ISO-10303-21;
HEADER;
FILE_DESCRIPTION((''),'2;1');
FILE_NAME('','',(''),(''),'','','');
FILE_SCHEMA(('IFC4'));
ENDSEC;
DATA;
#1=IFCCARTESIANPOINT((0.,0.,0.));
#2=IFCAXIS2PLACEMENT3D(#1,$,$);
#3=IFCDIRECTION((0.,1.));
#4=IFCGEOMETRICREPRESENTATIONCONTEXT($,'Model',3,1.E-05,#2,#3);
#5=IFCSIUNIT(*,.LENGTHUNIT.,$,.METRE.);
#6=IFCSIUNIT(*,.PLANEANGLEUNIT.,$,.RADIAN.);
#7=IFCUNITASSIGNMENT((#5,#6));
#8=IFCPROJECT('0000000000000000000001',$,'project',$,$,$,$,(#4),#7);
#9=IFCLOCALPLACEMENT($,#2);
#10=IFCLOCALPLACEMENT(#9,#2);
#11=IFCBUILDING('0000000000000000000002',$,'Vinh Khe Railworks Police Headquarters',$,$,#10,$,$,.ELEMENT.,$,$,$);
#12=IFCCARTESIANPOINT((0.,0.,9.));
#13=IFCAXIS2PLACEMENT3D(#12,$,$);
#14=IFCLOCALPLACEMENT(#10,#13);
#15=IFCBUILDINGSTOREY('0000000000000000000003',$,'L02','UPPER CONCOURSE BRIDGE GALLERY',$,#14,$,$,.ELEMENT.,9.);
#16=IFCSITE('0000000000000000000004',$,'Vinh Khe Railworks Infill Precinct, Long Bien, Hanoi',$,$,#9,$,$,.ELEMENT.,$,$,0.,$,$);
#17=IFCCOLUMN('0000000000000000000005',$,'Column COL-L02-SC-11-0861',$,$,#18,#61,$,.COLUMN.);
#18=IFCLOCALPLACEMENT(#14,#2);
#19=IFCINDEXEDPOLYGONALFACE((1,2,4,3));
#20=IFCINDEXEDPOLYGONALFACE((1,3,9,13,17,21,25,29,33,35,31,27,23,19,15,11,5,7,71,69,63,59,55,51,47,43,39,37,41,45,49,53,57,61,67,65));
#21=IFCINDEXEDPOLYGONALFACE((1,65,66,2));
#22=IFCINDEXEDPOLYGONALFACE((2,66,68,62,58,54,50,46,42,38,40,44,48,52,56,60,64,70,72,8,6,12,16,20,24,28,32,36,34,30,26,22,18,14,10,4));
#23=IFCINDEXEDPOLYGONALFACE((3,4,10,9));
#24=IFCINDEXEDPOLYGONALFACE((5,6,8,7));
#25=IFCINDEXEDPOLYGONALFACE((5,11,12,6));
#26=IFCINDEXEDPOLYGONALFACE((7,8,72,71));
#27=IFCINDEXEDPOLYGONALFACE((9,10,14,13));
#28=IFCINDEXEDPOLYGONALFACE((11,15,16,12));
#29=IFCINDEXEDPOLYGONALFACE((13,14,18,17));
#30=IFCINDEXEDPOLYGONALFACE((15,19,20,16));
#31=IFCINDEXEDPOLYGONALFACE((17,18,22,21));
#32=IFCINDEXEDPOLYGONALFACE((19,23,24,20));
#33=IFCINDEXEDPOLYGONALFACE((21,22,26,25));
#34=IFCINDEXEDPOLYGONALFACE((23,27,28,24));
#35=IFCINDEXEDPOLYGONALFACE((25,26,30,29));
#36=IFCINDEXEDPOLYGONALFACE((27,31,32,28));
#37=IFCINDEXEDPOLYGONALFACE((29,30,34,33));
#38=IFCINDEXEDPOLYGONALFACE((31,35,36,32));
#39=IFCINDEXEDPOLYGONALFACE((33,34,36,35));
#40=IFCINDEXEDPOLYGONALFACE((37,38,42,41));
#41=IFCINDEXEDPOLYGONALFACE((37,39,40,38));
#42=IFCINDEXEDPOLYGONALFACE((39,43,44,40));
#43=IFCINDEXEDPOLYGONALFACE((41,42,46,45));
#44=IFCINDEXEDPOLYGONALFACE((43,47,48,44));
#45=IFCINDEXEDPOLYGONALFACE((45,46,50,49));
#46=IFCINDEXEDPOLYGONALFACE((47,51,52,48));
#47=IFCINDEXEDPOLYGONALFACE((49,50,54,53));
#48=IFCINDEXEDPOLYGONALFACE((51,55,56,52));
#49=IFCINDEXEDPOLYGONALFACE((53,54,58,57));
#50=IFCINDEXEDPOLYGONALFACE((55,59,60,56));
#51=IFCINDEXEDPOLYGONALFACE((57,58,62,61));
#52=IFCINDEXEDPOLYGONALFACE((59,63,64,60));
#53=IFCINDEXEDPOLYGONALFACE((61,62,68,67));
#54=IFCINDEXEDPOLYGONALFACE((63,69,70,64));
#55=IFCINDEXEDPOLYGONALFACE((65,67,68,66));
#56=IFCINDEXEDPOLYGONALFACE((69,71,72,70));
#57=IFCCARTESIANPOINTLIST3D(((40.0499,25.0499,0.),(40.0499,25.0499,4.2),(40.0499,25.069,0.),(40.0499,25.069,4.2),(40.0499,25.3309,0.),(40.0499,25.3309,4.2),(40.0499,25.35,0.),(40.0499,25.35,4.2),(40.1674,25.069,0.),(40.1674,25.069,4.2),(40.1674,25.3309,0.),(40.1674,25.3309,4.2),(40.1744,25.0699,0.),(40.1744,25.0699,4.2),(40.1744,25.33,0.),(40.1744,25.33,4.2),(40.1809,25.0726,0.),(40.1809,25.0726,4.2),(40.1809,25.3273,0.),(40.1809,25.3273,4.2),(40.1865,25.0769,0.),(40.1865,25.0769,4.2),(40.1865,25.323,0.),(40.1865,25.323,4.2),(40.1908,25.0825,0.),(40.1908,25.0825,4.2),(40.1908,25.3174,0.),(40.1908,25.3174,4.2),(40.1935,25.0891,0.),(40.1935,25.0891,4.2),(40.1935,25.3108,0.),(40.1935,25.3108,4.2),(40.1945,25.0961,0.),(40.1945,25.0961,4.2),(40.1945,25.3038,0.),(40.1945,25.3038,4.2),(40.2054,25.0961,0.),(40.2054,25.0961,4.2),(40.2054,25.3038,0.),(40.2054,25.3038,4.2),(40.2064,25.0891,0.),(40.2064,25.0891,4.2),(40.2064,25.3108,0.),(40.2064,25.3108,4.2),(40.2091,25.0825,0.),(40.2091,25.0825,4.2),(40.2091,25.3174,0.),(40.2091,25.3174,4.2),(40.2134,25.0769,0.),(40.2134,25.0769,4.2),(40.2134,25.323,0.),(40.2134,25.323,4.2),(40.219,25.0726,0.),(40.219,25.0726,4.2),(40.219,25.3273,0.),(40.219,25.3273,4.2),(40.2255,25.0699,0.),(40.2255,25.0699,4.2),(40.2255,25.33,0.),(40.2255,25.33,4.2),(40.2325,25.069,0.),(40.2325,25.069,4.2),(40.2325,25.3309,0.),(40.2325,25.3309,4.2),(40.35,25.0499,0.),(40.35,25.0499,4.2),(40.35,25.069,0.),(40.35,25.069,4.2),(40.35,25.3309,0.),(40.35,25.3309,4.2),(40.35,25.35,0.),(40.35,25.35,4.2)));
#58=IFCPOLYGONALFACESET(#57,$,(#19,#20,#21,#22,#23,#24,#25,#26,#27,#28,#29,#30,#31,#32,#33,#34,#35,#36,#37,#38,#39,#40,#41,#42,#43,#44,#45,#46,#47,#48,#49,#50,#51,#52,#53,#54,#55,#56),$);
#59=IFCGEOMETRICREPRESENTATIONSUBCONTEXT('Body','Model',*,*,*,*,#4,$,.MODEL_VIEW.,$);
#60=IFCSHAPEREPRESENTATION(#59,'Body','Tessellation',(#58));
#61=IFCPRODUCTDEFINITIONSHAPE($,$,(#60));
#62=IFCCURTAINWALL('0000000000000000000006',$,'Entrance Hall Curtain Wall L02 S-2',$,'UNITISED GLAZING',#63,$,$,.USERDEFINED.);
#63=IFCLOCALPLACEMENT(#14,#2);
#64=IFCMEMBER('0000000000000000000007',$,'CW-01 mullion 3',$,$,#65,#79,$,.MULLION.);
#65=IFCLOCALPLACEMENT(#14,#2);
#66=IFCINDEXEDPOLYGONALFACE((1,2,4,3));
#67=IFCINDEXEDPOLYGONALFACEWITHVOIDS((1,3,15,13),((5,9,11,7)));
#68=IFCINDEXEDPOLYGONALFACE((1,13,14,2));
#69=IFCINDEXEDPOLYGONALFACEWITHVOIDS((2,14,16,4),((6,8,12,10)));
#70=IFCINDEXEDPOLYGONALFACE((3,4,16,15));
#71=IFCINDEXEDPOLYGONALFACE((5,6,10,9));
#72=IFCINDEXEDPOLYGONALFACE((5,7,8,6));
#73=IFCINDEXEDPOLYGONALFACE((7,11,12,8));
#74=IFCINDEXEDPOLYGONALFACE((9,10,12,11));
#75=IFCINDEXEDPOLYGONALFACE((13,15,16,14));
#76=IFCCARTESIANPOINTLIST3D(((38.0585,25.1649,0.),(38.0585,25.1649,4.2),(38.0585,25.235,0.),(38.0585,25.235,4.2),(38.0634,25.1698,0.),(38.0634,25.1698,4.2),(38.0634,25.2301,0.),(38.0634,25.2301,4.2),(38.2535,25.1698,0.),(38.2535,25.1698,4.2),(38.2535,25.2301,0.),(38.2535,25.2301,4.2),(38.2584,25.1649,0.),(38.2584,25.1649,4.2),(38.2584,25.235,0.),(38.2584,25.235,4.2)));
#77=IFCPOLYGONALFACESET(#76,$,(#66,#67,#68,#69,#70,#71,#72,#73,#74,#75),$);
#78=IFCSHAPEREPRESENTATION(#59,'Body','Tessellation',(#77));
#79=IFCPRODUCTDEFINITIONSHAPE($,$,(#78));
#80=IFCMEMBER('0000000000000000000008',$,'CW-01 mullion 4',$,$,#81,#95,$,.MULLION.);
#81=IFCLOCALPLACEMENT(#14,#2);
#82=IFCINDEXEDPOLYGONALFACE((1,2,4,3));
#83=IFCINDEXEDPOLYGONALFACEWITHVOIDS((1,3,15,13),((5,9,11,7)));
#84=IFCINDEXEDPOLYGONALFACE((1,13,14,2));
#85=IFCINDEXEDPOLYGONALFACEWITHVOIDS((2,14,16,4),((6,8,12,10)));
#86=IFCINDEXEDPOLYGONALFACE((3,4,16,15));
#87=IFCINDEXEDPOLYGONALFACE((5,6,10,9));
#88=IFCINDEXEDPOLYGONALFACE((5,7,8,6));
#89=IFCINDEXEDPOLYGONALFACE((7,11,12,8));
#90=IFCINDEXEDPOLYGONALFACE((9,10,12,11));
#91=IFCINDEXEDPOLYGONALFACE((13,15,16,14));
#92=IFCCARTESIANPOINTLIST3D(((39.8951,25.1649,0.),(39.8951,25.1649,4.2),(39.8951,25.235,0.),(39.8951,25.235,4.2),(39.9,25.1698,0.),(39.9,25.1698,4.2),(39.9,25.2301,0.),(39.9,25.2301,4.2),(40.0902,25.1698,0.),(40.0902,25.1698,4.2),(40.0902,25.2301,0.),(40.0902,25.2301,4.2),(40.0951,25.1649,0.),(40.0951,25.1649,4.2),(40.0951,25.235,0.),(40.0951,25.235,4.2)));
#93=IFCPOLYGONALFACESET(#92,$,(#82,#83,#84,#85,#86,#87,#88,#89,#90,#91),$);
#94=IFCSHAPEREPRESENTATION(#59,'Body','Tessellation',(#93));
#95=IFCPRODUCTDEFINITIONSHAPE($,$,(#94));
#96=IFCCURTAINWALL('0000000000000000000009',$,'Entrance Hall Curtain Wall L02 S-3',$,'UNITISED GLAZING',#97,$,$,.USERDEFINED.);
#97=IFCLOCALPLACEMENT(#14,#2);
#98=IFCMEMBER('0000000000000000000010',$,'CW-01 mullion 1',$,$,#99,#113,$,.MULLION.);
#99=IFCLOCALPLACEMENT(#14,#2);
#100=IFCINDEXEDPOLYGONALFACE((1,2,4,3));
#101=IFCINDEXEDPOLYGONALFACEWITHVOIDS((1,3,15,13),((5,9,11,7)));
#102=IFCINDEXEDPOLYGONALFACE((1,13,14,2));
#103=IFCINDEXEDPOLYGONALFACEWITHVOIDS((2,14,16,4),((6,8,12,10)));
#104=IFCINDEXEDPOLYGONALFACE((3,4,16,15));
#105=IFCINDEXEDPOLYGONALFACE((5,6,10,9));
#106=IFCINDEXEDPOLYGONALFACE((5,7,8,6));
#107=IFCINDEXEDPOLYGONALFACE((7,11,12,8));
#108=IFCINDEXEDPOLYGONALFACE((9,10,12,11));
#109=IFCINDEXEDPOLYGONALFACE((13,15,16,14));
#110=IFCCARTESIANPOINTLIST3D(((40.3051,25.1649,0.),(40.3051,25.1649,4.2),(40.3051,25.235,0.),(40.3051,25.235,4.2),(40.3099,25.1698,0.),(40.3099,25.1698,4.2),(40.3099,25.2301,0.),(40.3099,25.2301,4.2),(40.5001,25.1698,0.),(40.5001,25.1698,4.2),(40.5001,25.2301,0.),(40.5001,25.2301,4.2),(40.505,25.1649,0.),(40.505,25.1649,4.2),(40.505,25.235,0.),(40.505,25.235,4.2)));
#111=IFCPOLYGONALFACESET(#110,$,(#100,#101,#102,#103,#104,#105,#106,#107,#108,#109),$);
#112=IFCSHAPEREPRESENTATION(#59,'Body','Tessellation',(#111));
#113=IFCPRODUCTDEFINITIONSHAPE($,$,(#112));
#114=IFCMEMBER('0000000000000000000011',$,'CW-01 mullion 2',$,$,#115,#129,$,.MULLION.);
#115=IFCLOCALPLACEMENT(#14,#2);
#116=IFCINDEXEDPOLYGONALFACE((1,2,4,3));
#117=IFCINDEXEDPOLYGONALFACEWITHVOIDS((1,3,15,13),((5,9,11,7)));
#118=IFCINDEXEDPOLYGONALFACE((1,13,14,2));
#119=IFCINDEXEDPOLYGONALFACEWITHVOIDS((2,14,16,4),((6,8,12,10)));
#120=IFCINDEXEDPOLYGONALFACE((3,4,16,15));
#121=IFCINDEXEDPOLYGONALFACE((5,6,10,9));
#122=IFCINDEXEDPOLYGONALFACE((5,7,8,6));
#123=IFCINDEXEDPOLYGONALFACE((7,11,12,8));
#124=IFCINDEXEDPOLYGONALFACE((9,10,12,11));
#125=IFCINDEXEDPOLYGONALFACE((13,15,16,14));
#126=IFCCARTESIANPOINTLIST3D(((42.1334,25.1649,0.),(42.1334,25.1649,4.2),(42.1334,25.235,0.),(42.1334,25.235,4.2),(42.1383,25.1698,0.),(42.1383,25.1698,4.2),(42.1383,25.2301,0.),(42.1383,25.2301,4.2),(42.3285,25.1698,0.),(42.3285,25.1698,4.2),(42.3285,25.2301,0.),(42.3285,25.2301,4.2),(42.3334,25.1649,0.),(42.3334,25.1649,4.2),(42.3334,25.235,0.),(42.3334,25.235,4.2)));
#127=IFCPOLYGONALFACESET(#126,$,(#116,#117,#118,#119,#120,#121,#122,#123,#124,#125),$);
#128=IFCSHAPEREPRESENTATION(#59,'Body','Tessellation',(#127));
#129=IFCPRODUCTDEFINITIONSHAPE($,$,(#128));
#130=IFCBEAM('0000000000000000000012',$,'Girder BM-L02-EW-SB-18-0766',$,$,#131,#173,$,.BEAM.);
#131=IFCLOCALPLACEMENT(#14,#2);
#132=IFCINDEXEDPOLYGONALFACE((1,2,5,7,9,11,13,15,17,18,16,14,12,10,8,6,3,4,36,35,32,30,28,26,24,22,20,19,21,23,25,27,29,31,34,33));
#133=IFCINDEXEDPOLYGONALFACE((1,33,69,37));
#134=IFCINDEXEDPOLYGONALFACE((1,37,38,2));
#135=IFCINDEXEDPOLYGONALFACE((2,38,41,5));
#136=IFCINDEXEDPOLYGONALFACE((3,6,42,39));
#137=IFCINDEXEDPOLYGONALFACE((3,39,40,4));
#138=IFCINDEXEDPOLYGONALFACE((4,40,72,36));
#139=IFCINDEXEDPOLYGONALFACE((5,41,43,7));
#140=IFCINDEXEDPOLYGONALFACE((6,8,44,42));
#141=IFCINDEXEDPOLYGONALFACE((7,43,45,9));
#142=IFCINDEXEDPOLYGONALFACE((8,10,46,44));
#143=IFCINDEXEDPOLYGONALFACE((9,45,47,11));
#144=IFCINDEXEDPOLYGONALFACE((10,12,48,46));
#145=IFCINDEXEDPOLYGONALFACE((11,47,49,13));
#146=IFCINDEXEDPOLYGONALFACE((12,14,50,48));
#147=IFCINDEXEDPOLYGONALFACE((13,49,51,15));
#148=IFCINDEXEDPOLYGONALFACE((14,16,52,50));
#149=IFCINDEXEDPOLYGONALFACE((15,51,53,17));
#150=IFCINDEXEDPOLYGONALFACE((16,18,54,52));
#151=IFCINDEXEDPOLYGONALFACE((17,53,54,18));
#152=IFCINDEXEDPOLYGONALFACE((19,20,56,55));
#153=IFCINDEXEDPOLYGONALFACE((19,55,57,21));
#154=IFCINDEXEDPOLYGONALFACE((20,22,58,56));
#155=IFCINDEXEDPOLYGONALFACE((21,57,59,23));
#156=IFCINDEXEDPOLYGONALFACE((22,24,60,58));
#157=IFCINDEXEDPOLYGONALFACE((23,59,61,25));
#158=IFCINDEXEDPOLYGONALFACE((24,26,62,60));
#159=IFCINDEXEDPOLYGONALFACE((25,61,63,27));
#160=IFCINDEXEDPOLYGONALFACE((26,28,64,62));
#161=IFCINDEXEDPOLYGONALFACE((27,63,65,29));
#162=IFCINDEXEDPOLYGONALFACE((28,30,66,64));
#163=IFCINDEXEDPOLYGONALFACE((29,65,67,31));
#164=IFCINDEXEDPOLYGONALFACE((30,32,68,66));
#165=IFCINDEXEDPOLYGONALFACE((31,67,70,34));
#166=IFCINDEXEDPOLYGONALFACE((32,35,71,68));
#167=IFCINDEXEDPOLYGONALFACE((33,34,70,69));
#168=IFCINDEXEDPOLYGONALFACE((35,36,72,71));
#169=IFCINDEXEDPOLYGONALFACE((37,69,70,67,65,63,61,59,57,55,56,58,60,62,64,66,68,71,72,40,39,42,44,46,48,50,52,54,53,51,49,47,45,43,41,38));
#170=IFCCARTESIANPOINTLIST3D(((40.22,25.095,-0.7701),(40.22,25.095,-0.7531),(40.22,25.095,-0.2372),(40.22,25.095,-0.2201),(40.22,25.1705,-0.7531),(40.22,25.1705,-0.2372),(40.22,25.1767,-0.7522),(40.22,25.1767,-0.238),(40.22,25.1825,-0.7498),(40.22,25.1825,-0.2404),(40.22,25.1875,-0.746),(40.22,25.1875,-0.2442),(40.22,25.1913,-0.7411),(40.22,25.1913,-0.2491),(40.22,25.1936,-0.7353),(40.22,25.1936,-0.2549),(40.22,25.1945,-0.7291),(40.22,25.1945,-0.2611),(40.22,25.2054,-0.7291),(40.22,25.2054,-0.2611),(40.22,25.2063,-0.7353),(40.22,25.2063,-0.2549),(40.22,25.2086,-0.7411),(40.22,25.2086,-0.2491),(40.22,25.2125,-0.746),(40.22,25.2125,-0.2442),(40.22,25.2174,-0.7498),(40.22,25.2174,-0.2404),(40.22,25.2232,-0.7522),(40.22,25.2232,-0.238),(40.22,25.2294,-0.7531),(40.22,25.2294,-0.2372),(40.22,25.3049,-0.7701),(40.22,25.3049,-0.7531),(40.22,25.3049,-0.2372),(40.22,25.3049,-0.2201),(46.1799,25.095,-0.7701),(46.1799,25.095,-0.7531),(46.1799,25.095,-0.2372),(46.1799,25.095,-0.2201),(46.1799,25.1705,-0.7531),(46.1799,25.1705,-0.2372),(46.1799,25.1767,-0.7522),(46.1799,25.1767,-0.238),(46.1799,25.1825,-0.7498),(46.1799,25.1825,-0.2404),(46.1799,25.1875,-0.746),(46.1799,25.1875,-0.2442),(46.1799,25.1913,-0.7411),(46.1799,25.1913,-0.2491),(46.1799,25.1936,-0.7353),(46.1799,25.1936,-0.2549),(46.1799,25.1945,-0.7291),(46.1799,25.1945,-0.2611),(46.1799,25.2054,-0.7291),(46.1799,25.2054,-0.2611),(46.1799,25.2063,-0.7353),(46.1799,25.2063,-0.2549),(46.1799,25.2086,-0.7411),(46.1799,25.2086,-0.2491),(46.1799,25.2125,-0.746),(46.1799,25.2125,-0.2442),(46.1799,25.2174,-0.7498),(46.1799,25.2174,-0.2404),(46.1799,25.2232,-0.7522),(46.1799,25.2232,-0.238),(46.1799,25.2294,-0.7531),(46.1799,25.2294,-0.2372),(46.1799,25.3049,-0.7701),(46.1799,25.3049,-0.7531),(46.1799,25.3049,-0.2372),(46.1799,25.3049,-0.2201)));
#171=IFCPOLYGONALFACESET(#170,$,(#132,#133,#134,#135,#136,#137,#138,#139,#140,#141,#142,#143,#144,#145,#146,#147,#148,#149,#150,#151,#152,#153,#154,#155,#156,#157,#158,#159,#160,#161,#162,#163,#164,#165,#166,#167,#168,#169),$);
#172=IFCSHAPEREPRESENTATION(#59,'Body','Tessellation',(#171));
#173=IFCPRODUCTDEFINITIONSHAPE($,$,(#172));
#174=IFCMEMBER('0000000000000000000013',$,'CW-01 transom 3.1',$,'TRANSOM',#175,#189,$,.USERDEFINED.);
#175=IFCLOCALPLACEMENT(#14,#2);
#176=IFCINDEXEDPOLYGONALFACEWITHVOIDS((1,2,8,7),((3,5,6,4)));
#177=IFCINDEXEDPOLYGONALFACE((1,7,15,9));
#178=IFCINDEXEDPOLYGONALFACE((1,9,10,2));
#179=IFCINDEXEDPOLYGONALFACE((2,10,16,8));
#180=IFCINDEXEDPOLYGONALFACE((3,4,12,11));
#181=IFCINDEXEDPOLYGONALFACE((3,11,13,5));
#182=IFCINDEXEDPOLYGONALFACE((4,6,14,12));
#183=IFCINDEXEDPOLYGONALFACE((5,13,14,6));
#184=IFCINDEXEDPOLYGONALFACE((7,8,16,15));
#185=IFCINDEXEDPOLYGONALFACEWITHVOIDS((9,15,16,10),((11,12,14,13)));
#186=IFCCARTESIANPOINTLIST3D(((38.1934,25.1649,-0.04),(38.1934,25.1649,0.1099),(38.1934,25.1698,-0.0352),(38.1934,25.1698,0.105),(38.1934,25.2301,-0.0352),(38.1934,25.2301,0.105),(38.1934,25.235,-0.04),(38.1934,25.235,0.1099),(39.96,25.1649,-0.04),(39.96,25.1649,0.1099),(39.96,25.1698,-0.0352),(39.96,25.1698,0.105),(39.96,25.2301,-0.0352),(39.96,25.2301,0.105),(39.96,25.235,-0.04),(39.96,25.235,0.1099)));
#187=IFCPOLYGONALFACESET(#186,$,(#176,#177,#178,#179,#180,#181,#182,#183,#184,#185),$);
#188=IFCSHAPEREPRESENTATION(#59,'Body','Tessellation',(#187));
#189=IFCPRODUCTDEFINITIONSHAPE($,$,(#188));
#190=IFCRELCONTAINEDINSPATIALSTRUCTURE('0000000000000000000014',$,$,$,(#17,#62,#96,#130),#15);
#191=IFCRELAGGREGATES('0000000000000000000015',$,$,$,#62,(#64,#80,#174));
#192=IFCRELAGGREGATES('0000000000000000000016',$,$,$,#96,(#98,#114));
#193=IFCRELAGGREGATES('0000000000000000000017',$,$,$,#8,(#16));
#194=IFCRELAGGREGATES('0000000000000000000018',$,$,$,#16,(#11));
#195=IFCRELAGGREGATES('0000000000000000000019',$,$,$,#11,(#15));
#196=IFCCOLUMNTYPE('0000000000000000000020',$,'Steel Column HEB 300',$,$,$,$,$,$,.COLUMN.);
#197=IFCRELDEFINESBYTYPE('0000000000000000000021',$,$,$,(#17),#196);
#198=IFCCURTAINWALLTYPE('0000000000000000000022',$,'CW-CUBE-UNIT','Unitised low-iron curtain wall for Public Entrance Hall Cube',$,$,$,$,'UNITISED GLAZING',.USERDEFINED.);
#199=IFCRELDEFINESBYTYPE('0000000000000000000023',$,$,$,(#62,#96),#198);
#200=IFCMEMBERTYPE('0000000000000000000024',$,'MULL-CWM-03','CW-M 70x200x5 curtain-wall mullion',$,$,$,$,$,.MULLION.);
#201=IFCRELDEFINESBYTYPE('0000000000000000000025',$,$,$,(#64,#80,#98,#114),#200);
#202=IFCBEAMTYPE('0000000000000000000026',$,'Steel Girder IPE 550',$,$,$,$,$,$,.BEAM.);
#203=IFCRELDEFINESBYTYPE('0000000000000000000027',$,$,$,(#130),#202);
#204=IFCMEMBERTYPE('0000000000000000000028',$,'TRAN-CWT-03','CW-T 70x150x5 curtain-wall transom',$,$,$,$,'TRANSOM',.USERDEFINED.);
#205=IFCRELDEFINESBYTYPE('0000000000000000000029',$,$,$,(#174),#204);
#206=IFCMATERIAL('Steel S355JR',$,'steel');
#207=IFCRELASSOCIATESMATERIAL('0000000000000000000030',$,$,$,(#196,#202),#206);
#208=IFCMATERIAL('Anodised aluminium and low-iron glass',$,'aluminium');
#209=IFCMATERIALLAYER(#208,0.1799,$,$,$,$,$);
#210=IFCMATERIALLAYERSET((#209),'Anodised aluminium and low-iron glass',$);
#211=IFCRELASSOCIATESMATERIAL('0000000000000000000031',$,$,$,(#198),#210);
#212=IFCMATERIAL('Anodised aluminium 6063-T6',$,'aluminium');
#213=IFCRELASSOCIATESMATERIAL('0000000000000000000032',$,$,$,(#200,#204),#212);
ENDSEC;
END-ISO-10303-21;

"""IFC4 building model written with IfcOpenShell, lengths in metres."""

from ifc_helpers import new_model, si_unit, direction, frame, origin, origin_2d, place, context, subcontext, project, spatial, hollow_rectangle, i_section, extrude, material, layer, layer_set, material_profile, profile_set, type_object, element, aggregate, save


model = new_model("IFC4")

# Units and contexts
model_context = context("Model", 3, precision=1e-05, world=origin(), true_north=direction((0.0, 1.0)))
body_context = subcontext(model_context, "Body", "Model", "MODEL_VIEW")
ifc_project = project(units=[si_unit("LENGTHUNIT", "METRE"), si_unit("PLANEANGLEUNIT", "RADIAN")], contexts=[model_context])

# Site, building, storey
site_placement = place(None, origin())
site = spatial("IfcSite", under=ifc_project, at=site_placement, Name="Vinh Khe Railworks Infill Precinct, Long Bien, Hanoi", CompositionType="ELEMENT", RefElevation=0.0)
building_placement = place(site_placement, origin())
building = spatial("IfcBuilding", under=site, at=building_placement, Name="Vinh Khe Railworks Police Headquarters", CompositionType="ELEMENT")
storey_placement = place(building_placement, frame((0.0, 0.0, 9.0)))
storey = spatial("IfcBuildingStorey", under=building, at=storey_placement, Name="L02", Description="UPPER CONCOURSE BRIDGE GALLERY", CompositionType="ELEMENT", Elevation=9.0)

# Column
ifc_material_1 = material(Name="Steel S355JR", Category="steel")
ifc_material_profile_1 = material_profile(ifc_material_1, i_section(OverallWidth=0.3, OverallDepth=0.3, WebThickness=0.011, FlangeThickness=0.019, FilletRadius=0.0271, at=origin_2d()), Name="HEB 300")
ifc_profile_set_1 = profile_set([ifc_material_profile_1], Name="Steel S355JR")
column_type = type_object("IfcColumnType", Name="Steel Column HEB 300", PredefinedType="COLUMN", material=ifc_profile_set_1)
column_placement = place(storey_placement, frame((40.2, 25.2, 0.0), z_axis=(0.0, 0.0, 1.0), x_axis=(1.0, 0.0, 0.0)))
element("IfcColumn", 1, at=column_placement, inside=storey, type_object=column_type, Name="Column COL-L02-SC-11-0861", PredefinedType="COLUMN", context=body_context, shape_type="SweptSolid", body=[
    extrude(i_section(OverallWidth=0.3, OverallDepth=0.3, WebThickness=0.011, FlangeThickness=0.019, FilletRadius=0.0271, at=origin_2d()), origin(), (0.0, 0.0, 1.0), 4.2),
])

# Curtain walls, members
ifc_material_2 = material(Name="Anodised aluminium and low-iron glass", Category="aluminium")
ifc_layer_1 = layer(ifc_material_2, 0.1799)
ifc_layer_set_1 = layer_set([ifc_layer_1], Name="Anodised aluminium and low-iron glass")
curtain_wall_type = type_object("IfcCurtainWallType", Name="CW-CUBE-UNIT", Description="Unitised low-iron curtain wall for Public Entrance Hall Cube", ElementType="UNITISED GLAZING", PredefinedType="USERDEFINED", material=ifc_layer_set_1)
curtain_wall_1_placement = place(storey_placement, origin())
curtain_wall_1 = element("IfcCurtainWall", 2, at=curtain_wall_1_placement, inside=storey, type_object=curtain_wall_type, Name="Entrance Hall Curtain Wall L02 S-2", ObjectType="UNITISED GLAZING", PredefinedType="USERDEFINED")
ifc_material_3 = material(Name="Anodised aluminium 6063-T6", Category="aluminium")
ifc_material_profile_2 = material_profile(ifc_material_3, hollow_rectangle(XDim=0.0701, YDim=0.2, WallThickness=0.0049, at=origin_2d()), Name="CW-M 70x200x5")
ifc_profile_set_2 = profile_set([ifc_material_profile_2], Name="Anodised aluminium 6063-T6")
member_type_1 = type_object("IfcMemberType", Name="MULL-CWM-03", Description="CW-M 70x200x5 curtain-wall mullion", PredefinedType="MULLION", material=ifc_profile_set_2)
member_1_placement = place(storey_placement, frame((38.1584, 25.2, 0.0), z_axis=(0.0, 0.0, 1.0), x_axis=(0.0, 1.0, 0.0)))
member_1 = element("IfcMember", 3, at=member_1_placement, type_object=member_type_1, Name="CW-01 mullion 3", PredefinedType="MULLION", context=body_context, shape_type="SweptSolid", body=[
    extrude(hollow_rectangle(XDim=0.0701, YDim=0.2, WallThickness=0.0049, at=origin_2d()), origin(), (0.0, 0.0, 1.0), 4.2),
])
member_2_placement = place(storey_placement, frame((39.9951, 25.2, 0.0), z_axis=(0.0, 0.0, 1.0), x_axis=(0.0, 1.0, 0.0)))
member_2 = element("IfcMember", 4, at=member_2_placement, type_object=member_type_1, Name="CW-01 mullion 4", PredefinedType="MULLION", context=body_context, shape_type="SweptSolid", body=[
    extrude(hollow_rectangle(XDim=0.0701, YDim=0.2, WallThickness=0.0049, at=origin_2d()), origin(), (0.0, 0.0, 1.0), 4.2),
])
curtain_wall_2_placement = place(storey_placement, origin())
curtain_wall_2 = element("IfcCurtainWall", 5, at=curtain_wall_2_placement, inside=storey, type_object=curtain_wall_type, Name="Entrance Hall Curtain Wall L02 S-3", ObjectType="UNITISED GLAZING", PredefinedType="USERDEFINED")
member_3_placement = place(storey_placement, frame((40.405, 25.2, 0.0), z_axis=(0.0, 0.0, 1.0), x_axis=(0.0, 1.0, 0.0)))
member_3 = element("IfcMember", 6, at=member_3_placement, type_object=member_type_1, Name="CW-01 mullion 1", PredefinedType="MULLION", context=body_context, shape_type="SweptSolid", body=[
    extrude(hollow_rectangle(XDim=0.0701, YDim=0.2, WallThickness=0.0049, at=origin_2d()), origin(), (0.0, 0.0, 1.0), 4.2),
])
member_4_placement = place(storey_placement, frame((42.2334, 25.2, 0.0), z_axis=(0.0, 0.0, 1.0), x_axis=(0.0, 1.0, 0.0)))
member_4 = element("IfcMember", 7, at=member_4_placement, type_object=member_type_1, Name="CW-01 mullion 2", PredefinedType="MULLION", context=body_context, shape_type="SweptSolid", body=[
    extrude(hollow_rectangle(XDim=0.0701, YDim=0.2, WallThickness=0.0049, at=origin_2d()), origin(), (0.0, 0.0, 1.0), 4.2),
])

# Beam
ifc_material_profile_3 = material_profile(ifc_material_1, i_section(OverallWidth=0.21, OverallDepth=0.55, WebThickness=0.011, FlangeThickness=0.0171, FilletRadius=0.0239, at=origin_2d()), Name="IPE 550")
ifc_profile_set_3 = profile_set([ifc_material_profile_3], Name="Steel S355JR")
beam_type = type_object("IfcBeamType", Name="Steel Girder IPE 550", PredefinedType="BEAM", material=ifc_profile_set_3)
beam_placement = place(storey_placement, frame((40.22, 25.2, -0.4951), z_axis=(1.0, 0.0, 0.0), x_axis=(0.0, 1.0, 0.0)))
element("IfcBeam", 8, at=beam_placement, inside=storey, type_object=beam_type, Name="Girder BM-L02-EW-SB-18-0766", PredefinedType="BEAM", context=body_context, shape_type="SweptSolid", body=[
    extrude(i_section(OverallWidth=0.21, OverallDepth=0.55, WebThickness=0.011, FlangeThickness=0.0171, FilletRadius=0.0239, at=origin_2d()), origin(), (0.0, 0.0, 1.0), 5.96),
])

# Member
ifc_material_profile_4 = material_profile(ifc_material_3, hollow_rectangle(XDim=0.0701, YDim=0.1499, WallThickness=0.0049, at=origin_2d()), Name="CW-T 70x150x5")
ifc_profile_set_4 = profile_set([ifc_material_profile_4], Name="Anodised aluminium 6063-T6")
member_type_2 = type_object("IfcMemberType", Name="TRAN-CWT-03", Description="CW-T 70x150x5 curtain-wall transom", ElementType="TRANSOM", PredefinedType="USERDEFINED", material=ifc_profile_set_4)
member_5_placement = place(storey_placement, frame((38.1934, 25.2, 0.0349), z_axis=(1.0, 0.0, 0.0), x_axis=(0.0, 1.0, 0.0)))
member_5 = element("IfcMember", 9, at=member_5_placement, type_object=member_type_2, Name="CW-01 transom 3.1", ObjectType="TRANSOM", PredefinedType="USERDEFINED", context=body_context, shape_type="SweptSolid", body=[
    extrude(hollow_rectangle(XDim=0.0701, YDim=0.1499, WallThickness=0.0049, at=origin_2d()), origin(), (0.0, 0.0, 1.0), 1.7666),
])

aggregate(curtain_wall_1, [member_1, member_2, member_5])
aggregate(curtain_wall_2, [member_3, member_4])

save(model, "model.ifc")
